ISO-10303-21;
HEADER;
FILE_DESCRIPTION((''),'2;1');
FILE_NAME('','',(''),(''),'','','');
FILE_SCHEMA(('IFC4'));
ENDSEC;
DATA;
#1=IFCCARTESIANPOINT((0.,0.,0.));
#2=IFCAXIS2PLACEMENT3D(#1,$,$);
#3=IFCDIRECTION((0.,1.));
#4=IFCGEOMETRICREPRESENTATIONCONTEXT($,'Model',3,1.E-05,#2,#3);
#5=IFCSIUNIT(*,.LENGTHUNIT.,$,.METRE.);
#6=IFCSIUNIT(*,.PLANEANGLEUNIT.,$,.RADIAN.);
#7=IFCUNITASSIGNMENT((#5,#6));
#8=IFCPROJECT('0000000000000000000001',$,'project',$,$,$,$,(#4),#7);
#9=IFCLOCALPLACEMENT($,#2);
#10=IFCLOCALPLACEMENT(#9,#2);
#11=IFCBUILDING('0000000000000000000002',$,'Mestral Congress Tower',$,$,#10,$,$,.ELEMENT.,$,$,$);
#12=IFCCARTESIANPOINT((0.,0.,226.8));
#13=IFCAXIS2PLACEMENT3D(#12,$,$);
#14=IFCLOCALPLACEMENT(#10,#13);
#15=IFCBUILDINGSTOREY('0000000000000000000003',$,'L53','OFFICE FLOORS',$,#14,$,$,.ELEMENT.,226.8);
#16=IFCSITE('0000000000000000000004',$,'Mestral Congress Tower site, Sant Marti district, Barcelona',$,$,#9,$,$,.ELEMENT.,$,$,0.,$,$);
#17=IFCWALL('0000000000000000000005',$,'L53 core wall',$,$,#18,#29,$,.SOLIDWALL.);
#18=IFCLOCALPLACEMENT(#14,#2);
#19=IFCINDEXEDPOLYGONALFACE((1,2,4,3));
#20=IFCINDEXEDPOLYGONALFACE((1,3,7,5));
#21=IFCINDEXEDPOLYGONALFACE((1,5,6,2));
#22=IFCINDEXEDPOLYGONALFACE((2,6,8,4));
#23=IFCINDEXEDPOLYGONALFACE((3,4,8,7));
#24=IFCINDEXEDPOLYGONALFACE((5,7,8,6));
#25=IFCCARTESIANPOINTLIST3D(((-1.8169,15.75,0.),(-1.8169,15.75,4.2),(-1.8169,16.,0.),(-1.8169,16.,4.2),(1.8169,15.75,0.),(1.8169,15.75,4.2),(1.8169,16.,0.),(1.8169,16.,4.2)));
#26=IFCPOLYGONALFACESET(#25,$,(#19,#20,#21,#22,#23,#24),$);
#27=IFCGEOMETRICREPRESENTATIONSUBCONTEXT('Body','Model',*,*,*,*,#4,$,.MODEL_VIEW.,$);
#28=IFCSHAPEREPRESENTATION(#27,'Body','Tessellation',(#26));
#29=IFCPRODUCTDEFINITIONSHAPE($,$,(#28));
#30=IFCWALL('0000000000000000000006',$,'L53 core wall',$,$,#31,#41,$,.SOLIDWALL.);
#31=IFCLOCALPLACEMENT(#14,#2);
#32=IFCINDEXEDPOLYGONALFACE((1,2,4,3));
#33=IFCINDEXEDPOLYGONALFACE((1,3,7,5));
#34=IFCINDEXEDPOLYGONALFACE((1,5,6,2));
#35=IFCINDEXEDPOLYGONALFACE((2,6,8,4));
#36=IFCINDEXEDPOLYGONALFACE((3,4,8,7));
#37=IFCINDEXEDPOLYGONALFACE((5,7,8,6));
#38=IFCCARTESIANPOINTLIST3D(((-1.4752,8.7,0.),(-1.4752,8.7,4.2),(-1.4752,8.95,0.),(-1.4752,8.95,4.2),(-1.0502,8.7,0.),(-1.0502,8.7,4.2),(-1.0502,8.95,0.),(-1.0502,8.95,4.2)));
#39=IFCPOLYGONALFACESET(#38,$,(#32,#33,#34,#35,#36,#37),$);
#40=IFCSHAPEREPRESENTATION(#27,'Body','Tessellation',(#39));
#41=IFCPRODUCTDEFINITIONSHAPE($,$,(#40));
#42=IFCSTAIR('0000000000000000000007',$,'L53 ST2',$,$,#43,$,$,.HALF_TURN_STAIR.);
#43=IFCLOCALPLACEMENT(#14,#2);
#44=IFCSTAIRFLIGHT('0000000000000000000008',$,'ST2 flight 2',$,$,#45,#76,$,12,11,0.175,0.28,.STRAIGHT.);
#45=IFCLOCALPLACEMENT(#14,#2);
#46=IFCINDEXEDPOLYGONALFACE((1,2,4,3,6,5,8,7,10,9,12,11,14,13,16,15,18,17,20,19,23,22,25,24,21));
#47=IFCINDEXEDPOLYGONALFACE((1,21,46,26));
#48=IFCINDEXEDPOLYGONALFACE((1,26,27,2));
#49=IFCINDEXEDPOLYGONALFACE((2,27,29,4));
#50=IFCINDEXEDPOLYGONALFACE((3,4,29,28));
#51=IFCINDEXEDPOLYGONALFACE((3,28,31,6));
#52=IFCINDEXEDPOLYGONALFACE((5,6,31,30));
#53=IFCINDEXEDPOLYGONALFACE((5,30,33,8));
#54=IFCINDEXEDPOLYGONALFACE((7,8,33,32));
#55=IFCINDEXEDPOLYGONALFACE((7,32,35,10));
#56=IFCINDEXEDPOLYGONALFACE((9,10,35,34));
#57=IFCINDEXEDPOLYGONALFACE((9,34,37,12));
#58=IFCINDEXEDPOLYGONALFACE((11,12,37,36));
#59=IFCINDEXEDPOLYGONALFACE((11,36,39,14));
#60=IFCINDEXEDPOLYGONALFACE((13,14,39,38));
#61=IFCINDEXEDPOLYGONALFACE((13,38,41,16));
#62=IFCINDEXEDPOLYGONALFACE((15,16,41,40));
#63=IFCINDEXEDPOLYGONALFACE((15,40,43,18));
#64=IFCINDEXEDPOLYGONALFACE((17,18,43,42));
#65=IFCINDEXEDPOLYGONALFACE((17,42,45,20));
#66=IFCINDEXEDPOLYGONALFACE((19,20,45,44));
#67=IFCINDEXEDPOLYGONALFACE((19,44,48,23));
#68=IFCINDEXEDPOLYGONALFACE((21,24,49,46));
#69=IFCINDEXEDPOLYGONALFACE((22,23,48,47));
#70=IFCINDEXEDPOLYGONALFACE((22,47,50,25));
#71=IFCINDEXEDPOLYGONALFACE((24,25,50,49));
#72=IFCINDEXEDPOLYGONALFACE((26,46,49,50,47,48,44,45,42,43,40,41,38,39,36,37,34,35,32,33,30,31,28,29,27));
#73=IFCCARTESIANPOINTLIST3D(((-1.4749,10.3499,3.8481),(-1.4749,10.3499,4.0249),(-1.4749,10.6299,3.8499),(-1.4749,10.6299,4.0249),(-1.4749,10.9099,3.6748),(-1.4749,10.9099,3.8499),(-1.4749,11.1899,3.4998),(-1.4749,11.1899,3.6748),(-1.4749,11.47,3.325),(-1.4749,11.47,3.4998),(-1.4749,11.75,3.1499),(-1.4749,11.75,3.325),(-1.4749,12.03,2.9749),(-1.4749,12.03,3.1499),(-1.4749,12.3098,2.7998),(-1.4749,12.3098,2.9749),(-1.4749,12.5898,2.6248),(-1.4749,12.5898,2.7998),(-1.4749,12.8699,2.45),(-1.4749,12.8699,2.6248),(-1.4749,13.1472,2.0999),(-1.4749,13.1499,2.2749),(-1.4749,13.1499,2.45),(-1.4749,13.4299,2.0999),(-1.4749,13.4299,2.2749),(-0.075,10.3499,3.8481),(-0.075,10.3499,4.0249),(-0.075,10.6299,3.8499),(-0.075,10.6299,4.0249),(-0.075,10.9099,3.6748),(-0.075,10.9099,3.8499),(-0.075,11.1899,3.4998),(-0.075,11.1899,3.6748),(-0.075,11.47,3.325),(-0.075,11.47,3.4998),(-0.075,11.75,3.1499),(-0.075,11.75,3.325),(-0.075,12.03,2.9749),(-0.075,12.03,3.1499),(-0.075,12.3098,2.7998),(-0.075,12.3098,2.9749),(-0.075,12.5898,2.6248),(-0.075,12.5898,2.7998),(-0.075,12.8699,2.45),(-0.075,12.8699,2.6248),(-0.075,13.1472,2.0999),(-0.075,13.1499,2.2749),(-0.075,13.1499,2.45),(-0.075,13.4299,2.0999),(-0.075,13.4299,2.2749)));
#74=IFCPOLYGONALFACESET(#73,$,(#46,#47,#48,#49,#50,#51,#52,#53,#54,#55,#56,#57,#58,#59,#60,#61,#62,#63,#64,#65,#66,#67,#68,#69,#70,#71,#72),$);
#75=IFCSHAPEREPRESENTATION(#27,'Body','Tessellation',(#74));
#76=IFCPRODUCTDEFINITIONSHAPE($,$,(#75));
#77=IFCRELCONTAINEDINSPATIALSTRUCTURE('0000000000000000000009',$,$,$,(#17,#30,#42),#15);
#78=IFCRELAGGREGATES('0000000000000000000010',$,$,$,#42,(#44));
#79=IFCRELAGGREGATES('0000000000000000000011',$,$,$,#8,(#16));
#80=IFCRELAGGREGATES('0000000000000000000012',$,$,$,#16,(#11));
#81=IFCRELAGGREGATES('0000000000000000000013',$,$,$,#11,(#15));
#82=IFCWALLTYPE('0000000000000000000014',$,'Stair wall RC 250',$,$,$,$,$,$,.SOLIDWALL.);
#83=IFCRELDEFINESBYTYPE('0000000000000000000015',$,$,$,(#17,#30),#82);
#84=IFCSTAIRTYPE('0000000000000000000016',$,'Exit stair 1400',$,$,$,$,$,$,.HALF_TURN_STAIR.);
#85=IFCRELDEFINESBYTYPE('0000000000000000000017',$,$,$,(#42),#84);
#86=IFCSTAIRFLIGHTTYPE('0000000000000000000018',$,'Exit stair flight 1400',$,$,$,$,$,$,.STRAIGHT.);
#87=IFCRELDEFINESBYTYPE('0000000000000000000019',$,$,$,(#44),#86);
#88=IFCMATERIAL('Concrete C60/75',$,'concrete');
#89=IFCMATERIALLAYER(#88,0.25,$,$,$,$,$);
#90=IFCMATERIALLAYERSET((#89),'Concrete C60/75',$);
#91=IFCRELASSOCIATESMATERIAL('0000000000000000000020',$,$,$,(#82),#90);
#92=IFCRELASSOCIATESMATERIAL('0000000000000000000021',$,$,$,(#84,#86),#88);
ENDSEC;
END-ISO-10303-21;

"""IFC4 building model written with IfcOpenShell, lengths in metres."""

from ifc_helpers import new_model, si_unit, direction, frame, frame_2d, origin, place, context, subcontext, project, spatial, polyline, rectangle, outline, extrude, material, layer, layer_set, type_object, element, aggregate, save


model = new_model("IFC4")

# Units and contexts
model_context = context("Model", 3, precision=1e-05, world=origin(), true_north=direction((0.0, 1.0)))
body_context = subcontext(model_context, "Body", "Model", "MODEL_VIEW")
ifc_project = project(units=[si_unit("LENGTHUNIT", "METRE"), si_unit("PLANEANGLEUNIT", "RADIAN")], contexts=[model_context])

# Site, building, storey
site_placement = place(None, origin())
site = spatial("IfcSite", under=ifc_project, at=site_placement, Name="Mestral Congress Tower site, Sant Marti district, Barcelona", CompositionType="ELEMENT", RefElevation=0.0)
building_placement = place(site_placement, origin())
building = spatial("IfcBuilding", under=site, at=building_placement, Name="Mestral Congress Tower", CompositionType="ELEMENT")
storey_placement = place(building_placement, frame((0.0, 0.0, 226.8)))
storey = spatial("IfcBuildingStorey", under=building, at=storey_placement, Name="L53", Description="OFFICE FLOORS", CompositionType="ELEMENT", Elevation=226.8)

# Shared definitions
ifc_material_1 = material(Name="Concrete C60/75", Category="concrete")

# Walls
ifc_layer_1 = layer(ifc_material_1, 0.25)
ifc_layer_set_1 = layer_set([ifc_layer_1], Name="Concrete C60/75")
wall_type_1 = type_object("IfcWallType", Name="Stair wall RC 250", PredefinedType="SOLIDWALL", material=ifc_layer_set_1)
wall_1_placement = place(storey_placement, frame((-1.8169, 15.875, 0.0), z_axis=(0.0, 0.0, 1.0), x_axis=(1.0, 0.0, 0.0)))
element("IfcWall", 1, at=wall_1_placement, inside=storey, type_object=wall_type_1, Name="L53 core wall", PredefinedType="SOLIDWALL", context=body_context, shape_type="SweptSolid", body=[
    extrude(rectangle(XDim=3.6338, YDim=0.25, at=frame_2d((1.8169, 0.0))), origin(), (0.0, 0.0, 1.0), 4.2),
])
wall_2_placement = place(storey_placement, frame((-1.4751, 8.825, 0.0), z_axis=(0.0, 0.0, 1.0), x_axis=(1.0, 0.0, 0.0)))
element("IfcWall", 2, at=wall_2_placement, inside=storey, type_object=wall_type_1, Name="L53 core wall", PredefinedType="SOLIDWALL", context=body_context, shape_type="SweptSolid", body=[
    extrude(rectangle(XDim=0.425, YDim=0.25, at=frame_2d((0.2124, 0.0))), origin(), (0.0, 0.0, 1.0), 4.2),
])

# Stair, stair flight
stair_type = type_object("IfcStairType", Name="Exit stair 1400", PredefinedType="HALF_TURN_STAIR", material=ifc_material_1)
stair_placement = place(storey_placement, origin())
stair = element("IfcStair", 3, at=stair_placement, inside=storey, type_object=stair_type, Name="L53 ST2", PredefinedType="HALF_TURN_STAIR")
stair_flight_type = type_object("IfcStairFlightType", Name="Exit stair flight 1400", PredefinedType="STRAIGHT", material=ifc_material_1)
stair_flight_placement = place(storey_placement, frame((-0.7749, 13.4299, 2.0999), z_axis=(0.0, 0.0, 1.0), x_axis=(0.0, -1.0, 0.0)))
stair_flight = element("IfcStairFlight", 4, at=stair_flight_placement, type_object=stair_flight_type, Name="ST2 flight 2", NumberOfRisers=12, NumberOfTreads=11, PredefinedType="STRAIGHT", RiserHeight=0.175, TreadLength=0.28, context=body_context, shape_type="SweptSolid", body=[
    extrude(outline(polyline([(0.0, 0.0), (0.0, 0.175), (0.28, 0.175), (0.28, 0.3501), (0.5601, 0.3501), (0.5601, 0.5249), (0.8401, 0.5249), (0.8401, 0.7), (1.1201, 0.7), (1.1201, 0.875), (1.3999, 0.875), (1.3999, 1.05), (1.6799, 1.05), (1.6799, 1.2251), (1.96, 1.2251), (1.96, 1.3999), (2.24, 1.3999), (2.24, 1.575), (2.52, 1.575), (2.52, 1.75), (2.8, 1.75), (2.8, 1.925), (3.0801, 1.925), (3.0801, 2.1001), (3.0801, 1.7483), (0.2827, 0.0), (0.0, 0.0)])), frame((0.0, 0.7, 0.0), z_axis=(0.0, -1.0, 0.0), x_axis=(1.0, 0.0, 0.0)), (0.0, 0.0, 1.0), 1.3999),
])
aggregate(stair, [stair_flight])

save(model, "model.ifc")
